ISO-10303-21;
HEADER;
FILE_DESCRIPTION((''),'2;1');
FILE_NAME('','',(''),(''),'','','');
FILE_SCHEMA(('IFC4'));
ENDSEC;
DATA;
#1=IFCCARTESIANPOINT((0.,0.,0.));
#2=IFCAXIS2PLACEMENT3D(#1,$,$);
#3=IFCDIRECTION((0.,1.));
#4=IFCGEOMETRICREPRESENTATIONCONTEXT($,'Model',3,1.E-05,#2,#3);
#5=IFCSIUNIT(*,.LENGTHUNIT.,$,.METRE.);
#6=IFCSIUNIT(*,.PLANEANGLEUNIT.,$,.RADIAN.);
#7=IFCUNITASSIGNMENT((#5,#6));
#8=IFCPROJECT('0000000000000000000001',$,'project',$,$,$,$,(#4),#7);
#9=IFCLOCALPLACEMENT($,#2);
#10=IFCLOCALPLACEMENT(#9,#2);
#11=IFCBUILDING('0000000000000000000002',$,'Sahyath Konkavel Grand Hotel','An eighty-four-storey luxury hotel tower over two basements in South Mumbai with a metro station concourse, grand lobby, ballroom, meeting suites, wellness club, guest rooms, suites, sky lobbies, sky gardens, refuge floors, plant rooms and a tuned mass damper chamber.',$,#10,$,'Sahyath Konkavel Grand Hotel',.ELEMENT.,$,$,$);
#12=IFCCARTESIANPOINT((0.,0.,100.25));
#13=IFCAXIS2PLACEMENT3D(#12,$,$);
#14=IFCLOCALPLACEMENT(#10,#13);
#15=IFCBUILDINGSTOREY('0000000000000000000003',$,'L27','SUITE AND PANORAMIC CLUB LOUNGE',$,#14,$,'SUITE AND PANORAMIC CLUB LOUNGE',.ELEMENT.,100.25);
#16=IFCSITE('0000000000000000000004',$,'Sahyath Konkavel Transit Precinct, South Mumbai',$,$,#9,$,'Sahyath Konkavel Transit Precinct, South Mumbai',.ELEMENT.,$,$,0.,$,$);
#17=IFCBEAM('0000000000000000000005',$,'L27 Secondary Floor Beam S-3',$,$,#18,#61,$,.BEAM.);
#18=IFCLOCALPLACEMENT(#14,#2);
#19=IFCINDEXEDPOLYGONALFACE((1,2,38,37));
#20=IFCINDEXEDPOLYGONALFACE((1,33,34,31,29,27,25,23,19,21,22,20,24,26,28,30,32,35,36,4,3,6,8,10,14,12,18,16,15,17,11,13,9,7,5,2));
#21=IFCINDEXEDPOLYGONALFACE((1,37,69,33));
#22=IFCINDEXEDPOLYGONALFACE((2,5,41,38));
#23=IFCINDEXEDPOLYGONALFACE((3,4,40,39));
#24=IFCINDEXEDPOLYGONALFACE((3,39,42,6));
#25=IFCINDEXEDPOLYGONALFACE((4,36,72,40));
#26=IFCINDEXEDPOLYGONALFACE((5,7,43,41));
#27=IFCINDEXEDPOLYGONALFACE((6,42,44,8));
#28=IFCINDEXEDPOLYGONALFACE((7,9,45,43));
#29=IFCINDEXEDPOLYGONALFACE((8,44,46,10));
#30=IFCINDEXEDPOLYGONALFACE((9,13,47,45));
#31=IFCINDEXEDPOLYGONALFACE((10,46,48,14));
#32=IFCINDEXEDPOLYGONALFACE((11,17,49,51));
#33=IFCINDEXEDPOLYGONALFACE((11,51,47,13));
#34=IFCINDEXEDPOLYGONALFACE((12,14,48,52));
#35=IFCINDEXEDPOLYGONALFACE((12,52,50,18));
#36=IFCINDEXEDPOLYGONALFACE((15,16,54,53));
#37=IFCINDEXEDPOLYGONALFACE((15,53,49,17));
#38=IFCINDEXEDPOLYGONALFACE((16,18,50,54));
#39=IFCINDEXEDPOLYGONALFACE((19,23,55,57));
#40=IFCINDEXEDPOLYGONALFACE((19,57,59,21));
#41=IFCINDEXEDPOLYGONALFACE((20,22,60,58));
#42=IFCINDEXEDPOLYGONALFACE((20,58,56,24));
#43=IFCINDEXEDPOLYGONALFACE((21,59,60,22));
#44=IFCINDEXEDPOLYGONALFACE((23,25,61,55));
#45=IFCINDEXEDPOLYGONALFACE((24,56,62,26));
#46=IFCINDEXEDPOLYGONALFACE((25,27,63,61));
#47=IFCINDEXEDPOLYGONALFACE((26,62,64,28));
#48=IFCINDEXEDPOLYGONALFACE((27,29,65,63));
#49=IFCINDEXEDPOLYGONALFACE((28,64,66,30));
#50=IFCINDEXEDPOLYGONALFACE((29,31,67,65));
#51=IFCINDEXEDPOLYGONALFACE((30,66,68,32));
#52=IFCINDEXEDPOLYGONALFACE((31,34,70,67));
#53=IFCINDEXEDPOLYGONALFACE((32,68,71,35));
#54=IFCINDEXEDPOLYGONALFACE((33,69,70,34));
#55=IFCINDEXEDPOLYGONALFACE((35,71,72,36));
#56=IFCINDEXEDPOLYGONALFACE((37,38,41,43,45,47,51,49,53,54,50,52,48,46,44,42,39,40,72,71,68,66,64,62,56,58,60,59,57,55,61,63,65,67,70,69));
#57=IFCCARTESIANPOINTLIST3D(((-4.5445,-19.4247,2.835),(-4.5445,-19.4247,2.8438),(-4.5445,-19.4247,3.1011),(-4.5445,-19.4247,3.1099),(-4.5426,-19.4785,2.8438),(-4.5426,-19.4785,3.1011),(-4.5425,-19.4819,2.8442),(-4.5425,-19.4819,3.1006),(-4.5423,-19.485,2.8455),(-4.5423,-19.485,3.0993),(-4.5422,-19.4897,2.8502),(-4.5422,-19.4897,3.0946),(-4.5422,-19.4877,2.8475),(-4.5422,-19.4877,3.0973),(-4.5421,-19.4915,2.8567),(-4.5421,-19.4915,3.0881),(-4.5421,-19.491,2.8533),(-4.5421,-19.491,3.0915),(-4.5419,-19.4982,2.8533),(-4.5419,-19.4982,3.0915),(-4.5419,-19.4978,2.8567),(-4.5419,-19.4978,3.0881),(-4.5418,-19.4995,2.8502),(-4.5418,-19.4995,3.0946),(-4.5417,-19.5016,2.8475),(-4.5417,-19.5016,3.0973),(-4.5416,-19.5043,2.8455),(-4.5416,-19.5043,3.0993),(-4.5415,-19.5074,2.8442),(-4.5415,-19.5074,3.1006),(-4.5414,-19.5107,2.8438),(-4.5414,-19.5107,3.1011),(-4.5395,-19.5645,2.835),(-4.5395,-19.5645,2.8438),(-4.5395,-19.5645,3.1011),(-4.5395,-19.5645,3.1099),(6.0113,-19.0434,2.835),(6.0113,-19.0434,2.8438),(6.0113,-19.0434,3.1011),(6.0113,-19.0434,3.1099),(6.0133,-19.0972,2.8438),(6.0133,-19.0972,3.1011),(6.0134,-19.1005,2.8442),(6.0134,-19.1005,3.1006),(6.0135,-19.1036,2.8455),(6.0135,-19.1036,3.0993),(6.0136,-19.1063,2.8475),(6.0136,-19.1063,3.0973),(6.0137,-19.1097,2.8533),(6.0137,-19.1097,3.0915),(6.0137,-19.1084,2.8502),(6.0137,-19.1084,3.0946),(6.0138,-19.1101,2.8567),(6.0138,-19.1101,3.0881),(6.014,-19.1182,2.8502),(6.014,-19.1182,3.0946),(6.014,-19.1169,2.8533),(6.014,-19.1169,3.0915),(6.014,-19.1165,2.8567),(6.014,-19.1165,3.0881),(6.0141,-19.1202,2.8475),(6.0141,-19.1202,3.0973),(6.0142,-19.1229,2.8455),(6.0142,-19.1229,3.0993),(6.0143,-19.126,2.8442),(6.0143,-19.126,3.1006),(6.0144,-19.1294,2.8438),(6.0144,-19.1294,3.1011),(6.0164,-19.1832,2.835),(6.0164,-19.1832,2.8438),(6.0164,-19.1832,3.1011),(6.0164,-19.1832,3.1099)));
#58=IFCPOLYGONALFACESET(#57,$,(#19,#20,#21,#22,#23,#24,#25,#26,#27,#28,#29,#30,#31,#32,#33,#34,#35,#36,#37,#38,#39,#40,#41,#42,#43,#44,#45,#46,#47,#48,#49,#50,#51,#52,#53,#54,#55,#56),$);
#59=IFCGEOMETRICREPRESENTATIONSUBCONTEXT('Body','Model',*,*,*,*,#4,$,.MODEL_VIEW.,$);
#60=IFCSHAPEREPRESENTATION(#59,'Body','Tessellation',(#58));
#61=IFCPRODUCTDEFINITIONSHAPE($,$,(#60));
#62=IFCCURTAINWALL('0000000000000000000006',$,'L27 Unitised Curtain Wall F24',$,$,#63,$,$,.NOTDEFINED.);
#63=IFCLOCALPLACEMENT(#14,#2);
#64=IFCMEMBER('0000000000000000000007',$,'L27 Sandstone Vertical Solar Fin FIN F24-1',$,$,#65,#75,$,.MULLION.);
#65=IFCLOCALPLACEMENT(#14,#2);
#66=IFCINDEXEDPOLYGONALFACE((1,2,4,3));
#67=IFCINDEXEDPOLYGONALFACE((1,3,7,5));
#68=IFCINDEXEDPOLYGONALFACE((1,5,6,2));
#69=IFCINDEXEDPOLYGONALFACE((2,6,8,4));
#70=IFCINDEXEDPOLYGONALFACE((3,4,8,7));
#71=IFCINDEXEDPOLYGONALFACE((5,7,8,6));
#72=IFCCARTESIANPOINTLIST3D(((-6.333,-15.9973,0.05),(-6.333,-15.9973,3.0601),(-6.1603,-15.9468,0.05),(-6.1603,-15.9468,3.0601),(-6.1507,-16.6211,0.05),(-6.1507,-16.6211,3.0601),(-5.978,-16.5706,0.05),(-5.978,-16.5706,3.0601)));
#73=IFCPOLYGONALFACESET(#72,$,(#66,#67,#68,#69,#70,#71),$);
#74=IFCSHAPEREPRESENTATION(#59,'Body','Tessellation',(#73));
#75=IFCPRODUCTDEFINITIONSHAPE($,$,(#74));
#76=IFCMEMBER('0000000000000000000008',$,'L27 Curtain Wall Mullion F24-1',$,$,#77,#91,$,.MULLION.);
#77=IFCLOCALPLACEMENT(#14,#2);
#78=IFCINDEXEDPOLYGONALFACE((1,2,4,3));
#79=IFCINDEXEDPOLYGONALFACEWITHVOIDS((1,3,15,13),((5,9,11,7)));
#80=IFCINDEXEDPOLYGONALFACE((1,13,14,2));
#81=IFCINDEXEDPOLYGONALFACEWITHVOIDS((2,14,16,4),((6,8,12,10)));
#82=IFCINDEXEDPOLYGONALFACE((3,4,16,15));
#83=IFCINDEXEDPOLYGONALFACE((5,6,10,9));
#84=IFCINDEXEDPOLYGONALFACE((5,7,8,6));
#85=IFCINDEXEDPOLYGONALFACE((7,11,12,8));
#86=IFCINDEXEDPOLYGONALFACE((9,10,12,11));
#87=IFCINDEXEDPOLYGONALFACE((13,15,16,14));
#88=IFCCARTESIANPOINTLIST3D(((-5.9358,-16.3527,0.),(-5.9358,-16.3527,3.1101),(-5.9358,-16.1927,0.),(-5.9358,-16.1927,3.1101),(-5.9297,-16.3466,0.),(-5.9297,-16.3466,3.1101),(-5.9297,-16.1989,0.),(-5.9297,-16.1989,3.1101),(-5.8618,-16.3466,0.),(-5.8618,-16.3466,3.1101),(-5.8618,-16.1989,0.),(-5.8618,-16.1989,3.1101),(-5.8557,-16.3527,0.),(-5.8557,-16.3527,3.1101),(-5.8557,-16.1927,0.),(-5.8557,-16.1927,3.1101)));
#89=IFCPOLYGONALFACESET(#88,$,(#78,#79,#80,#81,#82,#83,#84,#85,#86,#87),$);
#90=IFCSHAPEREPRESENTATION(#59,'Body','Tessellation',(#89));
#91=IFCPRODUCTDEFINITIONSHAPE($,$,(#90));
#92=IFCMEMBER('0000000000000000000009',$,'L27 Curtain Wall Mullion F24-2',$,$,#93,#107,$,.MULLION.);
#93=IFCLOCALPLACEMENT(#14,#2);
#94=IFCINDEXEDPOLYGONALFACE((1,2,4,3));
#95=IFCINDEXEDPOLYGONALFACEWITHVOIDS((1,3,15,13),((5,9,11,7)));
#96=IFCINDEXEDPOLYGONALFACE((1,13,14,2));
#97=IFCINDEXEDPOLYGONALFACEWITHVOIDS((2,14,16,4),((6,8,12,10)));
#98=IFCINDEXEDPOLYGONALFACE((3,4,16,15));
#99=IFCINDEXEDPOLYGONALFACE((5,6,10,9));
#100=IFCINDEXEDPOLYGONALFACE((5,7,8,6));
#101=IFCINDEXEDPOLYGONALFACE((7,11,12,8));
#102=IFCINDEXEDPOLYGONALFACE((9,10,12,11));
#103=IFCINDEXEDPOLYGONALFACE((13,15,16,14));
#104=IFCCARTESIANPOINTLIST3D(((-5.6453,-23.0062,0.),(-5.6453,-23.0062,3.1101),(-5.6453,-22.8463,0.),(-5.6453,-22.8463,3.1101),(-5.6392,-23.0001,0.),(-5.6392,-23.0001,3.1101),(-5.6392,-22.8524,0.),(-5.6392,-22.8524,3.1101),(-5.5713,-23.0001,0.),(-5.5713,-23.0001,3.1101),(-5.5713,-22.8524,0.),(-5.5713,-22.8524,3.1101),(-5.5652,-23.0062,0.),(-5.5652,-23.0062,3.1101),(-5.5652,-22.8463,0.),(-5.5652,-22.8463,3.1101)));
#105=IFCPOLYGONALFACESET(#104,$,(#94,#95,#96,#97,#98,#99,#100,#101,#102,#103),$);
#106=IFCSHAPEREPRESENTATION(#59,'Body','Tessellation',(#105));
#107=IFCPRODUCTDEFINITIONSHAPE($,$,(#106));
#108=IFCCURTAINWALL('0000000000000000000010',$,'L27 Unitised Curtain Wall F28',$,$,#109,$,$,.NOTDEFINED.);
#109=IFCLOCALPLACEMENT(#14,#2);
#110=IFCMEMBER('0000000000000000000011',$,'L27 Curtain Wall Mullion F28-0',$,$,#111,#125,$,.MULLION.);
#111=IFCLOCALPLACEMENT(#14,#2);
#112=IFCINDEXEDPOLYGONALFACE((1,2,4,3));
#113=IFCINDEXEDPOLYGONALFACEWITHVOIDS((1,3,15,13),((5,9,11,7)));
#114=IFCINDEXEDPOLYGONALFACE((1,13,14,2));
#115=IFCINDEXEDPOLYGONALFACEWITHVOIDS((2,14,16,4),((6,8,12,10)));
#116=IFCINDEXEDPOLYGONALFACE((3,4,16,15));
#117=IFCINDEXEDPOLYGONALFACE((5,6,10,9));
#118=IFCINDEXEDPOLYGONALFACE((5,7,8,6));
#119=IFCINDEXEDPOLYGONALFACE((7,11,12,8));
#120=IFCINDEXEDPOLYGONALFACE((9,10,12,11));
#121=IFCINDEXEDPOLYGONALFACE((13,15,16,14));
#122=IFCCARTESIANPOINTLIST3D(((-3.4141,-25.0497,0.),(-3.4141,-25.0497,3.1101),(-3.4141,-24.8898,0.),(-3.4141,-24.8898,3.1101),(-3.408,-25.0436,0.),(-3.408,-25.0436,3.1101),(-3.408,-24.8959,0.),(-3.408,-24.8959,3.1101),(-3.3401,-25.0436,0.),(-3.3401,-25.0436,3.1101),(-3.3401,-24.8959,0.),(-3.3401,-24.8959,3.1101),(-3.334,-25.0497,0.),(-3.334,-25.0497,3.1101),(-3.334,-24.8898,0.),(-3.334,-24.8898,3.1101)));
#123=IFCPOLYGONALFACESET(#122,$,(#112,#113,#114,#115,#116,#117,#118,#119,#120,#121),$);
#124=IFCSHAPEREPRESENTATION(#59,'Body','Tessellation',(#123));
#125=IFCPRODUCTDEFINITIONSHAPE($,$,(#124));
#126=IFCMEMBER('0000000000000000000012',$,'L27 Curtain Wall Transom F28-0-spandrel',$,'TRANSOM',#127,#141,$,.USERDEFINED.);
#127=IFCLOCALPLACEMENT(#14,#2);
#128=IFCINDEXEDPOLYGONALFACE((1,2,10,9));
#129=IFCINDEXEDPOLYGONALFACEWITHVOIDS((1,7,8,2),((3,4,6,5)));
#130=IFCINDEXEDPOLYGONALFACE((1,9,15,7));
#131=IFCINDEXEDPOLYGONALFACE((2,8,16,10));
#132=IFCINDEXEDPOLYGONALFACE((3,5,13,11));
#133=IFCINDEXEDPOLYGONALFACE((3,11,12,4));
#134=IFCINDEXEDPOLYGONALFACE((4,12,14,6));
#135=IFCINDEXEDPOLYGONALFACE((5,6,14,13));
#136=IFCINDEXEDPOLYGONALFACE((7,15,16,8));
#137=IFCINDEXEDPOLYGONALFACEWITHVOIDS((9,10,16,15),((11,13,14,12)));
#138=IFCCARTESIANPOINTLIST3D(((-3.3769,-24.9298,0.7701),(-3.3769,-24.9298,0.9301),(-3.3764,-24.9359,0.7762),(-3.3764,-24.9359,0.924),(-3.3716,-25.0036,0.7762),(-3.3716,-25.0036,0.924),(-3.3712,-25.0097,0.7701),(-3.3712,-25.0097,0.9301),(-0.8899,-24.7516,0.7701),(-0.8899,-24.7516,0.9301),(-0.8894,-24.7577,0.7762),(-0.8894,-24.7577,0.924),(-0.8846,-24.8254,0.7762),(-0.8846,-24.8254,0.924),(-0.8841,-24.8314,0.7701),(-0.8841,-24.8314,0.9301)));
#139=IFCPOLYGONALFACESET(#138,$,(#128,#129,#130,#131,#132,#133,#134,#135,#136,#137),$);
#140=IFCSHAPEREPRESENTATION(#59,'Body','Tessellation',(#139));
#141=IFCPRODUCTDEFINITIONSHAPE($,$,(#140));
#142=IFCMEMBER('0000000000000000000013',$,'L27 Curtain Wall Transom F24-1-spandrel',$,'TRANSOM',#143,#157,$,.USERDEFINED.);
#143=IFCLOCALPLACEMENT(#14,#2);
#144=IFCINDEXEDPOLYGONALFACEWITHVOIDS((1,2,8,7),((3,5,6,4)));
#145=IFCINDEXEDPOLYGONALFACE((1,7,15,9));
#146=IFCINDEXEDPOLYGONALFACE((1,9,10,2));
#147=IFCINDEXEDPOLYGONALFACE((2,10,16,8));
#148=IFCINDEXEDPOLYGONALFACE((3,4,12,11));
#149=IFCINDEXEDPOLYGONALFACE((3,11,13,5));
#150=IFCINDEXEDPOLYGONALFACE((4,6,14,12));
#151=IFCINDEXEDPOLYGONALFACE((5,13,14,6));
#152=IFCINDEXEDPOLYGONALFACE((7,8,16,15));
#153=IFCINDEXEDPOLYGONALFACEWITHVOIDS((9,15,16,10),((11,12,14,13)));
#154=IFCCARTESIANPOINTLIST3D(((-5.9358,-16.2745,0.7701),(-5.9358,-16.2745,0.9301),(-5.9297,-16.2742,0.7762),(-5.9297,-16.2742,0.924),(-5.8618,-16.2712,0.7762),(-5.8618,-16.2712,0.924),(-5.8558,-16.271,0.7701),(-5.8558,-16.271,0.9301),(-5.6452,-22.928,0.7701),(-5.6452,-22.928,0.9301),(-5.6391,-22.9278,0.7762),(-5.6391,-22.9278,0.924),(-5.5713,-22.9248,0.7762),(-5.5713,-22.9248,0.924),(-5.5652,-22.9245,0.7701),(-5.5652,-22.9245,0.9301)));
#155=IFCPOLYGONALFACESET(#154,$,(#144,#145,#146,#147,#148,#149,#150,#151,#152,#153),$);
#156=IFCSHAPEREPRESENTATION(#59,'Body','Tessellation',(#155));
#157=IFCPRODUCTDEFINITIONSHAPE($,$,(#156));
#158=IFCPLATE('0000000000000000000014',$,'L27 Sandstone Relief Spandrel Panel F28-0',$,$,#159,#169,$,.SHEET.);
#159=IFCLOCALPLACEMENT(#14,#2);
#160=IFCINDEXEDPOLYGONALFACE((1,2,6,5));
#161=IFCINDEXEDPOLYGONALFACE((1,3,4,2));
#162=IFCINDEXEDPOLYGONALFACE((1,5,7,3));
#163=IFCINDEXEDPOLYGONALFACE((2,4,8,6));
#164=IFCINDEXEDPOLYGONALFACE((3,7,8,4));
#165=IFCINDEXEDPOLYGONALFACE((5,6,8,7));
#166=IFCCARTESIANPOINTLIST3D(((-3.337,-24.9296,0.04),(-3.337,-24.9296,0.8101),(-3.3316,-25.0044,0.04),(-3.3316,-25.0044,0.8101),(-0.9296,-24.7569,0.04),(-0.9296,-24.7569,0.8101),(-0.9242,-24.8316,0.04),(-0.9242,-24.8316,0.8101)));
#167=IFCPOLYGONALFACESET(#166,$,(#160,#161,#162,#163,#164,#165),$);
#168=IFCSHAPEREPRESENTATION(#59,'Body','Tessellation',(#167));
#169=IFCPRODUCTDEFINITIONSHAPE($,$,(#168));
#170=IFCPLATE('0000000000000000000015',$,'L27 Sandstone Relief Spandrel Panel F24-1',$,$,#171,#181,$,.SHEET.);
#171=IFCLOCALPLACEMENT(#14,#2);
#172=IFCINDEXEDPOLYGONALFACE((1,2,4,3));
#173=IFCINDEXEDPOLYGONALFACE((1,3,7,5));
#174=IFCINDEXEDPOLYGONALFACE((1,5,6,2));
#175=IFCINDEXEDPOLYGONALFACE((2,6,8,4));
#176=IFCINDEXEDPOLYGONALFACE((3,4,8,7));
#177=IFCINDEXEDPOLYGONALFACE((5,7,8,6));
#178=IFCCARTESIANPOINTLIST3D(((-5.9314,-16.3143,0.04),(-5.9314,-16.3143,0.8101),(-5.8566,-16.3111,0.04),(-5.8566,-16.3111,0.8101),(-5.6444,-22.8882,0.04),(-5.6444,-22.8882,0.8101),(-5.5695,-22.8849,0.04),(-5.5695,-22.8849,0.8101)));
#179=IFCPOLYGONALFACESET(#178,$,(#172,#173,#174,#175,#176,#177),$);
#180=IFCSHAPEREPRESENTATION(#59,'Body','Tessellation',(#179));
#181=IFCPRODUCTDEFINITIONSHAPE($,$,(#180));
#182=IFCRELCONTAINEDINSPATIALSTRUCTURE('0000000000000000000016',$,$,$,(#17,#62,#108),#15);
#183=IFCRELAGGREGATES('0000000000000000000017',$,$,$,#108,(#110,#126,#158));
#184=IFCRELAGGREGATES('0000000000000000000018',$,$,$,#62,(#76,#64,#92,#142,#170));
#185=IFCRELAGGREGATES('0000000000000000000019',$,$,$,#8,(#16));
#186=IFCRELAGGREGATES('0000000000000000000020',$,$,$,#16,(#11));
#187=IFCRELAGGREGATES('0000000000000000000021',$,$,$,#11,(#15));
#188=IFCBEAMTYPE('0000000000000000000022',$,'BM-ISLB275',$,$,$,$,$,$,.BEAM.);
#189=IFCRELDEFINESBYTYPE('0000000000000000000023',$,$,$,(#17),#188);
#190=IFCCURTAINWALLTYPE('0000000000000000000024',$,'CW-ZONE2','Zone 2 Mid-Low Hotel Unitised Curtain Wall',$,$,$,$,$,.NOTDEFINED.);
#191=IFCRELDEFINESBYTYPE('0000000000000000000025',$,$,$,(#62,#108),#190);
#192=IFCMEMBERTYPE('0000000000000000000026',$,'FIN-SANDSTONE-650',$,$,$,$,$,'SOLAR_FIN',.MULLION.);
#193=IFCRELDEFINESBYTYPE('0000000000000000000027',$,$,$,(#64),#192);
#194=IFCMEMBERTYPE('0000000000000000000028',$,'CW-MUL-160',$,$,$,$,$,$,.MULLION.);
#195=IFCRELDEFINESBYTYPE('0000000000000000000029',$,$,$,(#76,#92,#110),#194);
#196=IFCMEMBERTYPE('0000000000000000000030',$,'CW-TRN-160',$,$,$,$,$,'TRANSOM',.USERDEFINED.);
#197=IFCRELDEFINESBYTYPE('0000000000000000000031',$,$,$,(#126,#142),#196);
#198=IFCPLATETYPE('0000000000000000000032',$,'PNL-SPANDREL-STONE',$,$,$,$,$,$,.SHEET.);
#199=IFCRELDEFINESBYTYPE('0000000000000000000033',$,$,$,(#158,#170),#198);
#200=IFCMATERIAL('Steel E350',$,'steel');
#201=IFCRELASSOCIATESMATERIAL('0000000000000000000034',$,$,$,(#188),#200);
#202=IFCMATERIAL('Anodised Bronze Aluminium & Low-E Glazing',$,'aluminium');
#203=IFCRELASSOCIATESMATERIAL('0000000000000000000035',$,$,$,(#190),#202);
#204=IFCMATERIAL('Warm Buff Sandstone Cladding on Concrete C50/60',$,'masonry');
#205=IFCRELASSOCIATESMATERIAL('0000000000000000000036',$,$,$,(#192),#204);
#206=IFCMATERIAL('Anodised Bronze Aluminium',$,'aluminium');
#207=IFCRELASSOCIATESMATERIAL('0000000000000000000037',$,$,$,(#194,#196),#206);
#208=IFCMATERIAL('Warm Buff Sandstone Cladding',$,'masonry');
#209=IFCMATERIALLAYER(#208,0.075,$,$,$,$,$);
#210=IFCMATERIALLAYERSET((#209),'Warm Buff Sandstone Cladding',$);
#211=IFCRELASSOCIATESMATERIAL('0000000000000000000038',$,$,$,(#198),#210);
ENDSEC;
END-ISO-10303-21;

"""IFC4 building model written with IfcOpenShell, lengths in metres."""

from ifc_helpers import new_model, si_unit, direction, frame, origin, origin_2d, place, context, subcontext, project, spatial, rectangle, hollow_rectangle, i_section, extrude, source, transform, mapped, material, layer, layer_set, material_profile, profile_set, type_object, element, aggregate, save


model = new_model("IFC4")

# Units and contexts
model_context = context("Model", 3, precision=1e-05, world=origin(), true_north=direction((0.0, 1.0)))
body_context = subcontext(model_context, "Body", "Model", "MODEL_VIEW")
ifc_project = project(units=[si_unit("LENGTHUNIT", "METRE"), si_unit("PLANEANGLEUNIT", "RADIAN")], contexts=[model_context])

# Site, building, storey
site_placement = place(None, origin())
site = spatial("IfcSite", under=ifc_project, at=site_placement, Name="Sahyath Konkavel Transit Precinct, South Mumbai", LongName="Sahyath Konkavel Transit Precinct, South Mumbai", CompositionType="ELEMENT", RefElevation=0.0)
building_placement = place(site_placement, origin())
building = spatial("IfcBuilding", under=site, at=building_placement, Name="Sahyath Konkavel Grand Hotel", Description="An eighty-four-storey luxury hotel tower over two basements in South Mumbai with a metro station concourse, grand lobby, ballroom, meeting suites, wellness club, guest rooms, suites, sky lobbies, sky gardens, refuge floors, plant rooms and a tuned mass damper chamber.", LongName="Sahyath Konkavel Grand Hotel", CompositionType="ELEMENT")
storey_placement = place(building_placement, frame((0.0, 0.0, 100.25)))
storey = spatial("IfcBuildingStorey", under=building, at=storey_placement, Name="L27", Description="SUITE AND PANORAMIC CLUB LOUNGE", LongName="SUITE AND PANORAMIC CLUB LOUNGE", CompositionType="ELEMENT", Elevation=100.25)

# Beam
ifc_material_1 = material(Name="Steel E350", Category="steel")
ifc_material_profile_1 = material_profile(ifc_material_1, i_section(OverallWidth=0.1399, OverallDepth=0.2749, WebThickness=0.0063, FlangeThickness=0.0088, FilletRadius=0.0129, at=origin_2d()), Name="ISLB 275")
ifc_profile_set_1 = profile_set([ifc_material_profile_1], Name="Steel E350")
beam_type_1 = type_object("IfcBeamType", Name="BM-ISLB275", PredefinedType="BEAM", material=ifc_profile_set_1)
shared_shape_1 = source(origin(), body_context, "Body", "SweptSolid", [
    extrude(i_section(OverallWidth=0.1399, OverallDepth=0.2749, WebThickness=0.0063, FlangeThickness=0.0088, FilletRadius=0.0129, at=origin_2d()), origin(), (0.0, 0.0, 1.0), 10.5627),
])
beam_1_placement = place(storey_placement, frame((-4.542, -19.4946, 2.9724), z_axis=(0.999348, 0.036103, 0.0), x_axis=(-0.036103, 0.999348, 0.0)))
element("IfcBeam", 1, at=beam_1_placement, inside=storey, type_object=beam_type_1, Name="L27 Secondary Floor Beam S-3", PredefinedType="BEAM", context=body_context, shape_type="MappedRepresentation", body=[
    mapped(shared_shape_1, transform((0.0, 0.0, 0.0), scale=1.0)),
])

# Curtain walls, members
ifc_material_2 = material(Name="Anodised Bronze Aluminium & Low-E Glazing", Category="aluminium")
curtain_wall_type = type_object("IfcCurtainWallType", Name="CW-ZONE2", Description="Zone 2 Mid-Low Hotel Unitised Curtain Wall", PredefinedType="NOTDEFINED", material=ifc_material_2)
curtain_wall_1_placement = place(storey_placement, origin())
curtain_wall_1 = element("IfcCurtainWall", 2, at=curtain_wall_1_placement, inside=storey, type_object=curtain_wall_type, Name="L27 Unitised Curtain Wall F24", PredefinedType="NOTDEFINED")
ifc_material_3 = material(Name="Warm Buff Sandstone Cladding on Concrete C50/60", Category="masonry")
ifc_material_profile_2 = material_profile(ifc_material_3, rectangle(XDim=0.1799, YDim=0.6499, at=origin_2d()), Name="FIN 180x650")
ifc_profile_set_2 = profile_set([ifc_material_profile_2], Name="Warm Buff Sandstone Cladding on Concrete C50/60")
member_type_1 = type_object("IfcMemberType", Name="FIN-SANDSTONE-650", ElementType="SOLAR_FIN", PredefinedType="MULLION", material=ifc_profile_set_2)
shared_shape_2 = source(origin(), body_context, "Body", "SweptSolid", [
    extrude(rectangle(XDim=0.1799, YDim=0.6499, at=origin_2d()), origin(), (0.0, 0.0, 1.0), 3.01),
])
member_1_placement = place(storey_placement, frame((-6.1555, -16.2839, 0.05), z_axis=(0.0, 0.0, 1.0), x_axis=(0.959854, 0.280499, 0.0)))
member_1 = element("IfcMember", 3, at=member_1_placement, type_object=member_type_1, Name="L27 Sandstone Vertical Solar Fin FIN F24-1", PredefinedType="MULLION", context=body_context, shape_type="MappedRepresentation", body=[
    mapped(shared_shape_2, transform((0.0, 0.0, 0.0), scale=1.0)),
])
ifc_material_4 = material(Name="Anodised Bronze Aluminium", Category="aluminium")
ifc_material_profile_3 = material_profile(ifc_material_4, hollow_rectangle(XDim=0.0801, YDim=0.1599, WallThickness=0.0061, at=origin_2d()), Name="RHS 160x80x6")
ifc_profile_set_3 = profile_set([ifc_material_profile_3], Name="Anodised Bronze Aluminium")
member_type_2 = type_object("IfcMemberType", Name="CW-MUL-160", PredefinedType="MULLION", material=ifc_profile_set_3)
shared_shape_3 = source(origin(), body_context, "Body", "SweptSolid", [
    extrude(hollow_rectangle(XDim=0.0801, YDim=0.1599, WallThickness=0.0061, at=origin_2d()), origin(), (0.0, 0.0, 1.0), 3.1101),
])
member_2_placement = place(storey_placement, frame((-5.8958, -16.2727, 0.0), z_axis=(0.0, 0.0, 1.0), x_axis=(1.0, 0.0, 0.0)))
member_2 = element("IfcMember", 4, at=member_2_placement, type_object=member_type_2, Name="L27 Curtain Wall Mullion F24-1", PredefinedType="MULLION", context=body_context, shape_type="MappedRepresentation", body=[
    mapped(shared_shape_3, transform((0.0, 0.0, 0.0), scale=1.0)),
])
member_3_placement = place(storey_placement, frame((-5.6052, -22.9263, 0.0), z_axis=(0.0, 0.0, 1.0), x_axis=(1.0, 0.0, 0.0)))
member_3 = element("IfcMember", 5, at=member_3_placement, type_object=member_type_2, Name="L27 Curtain Wall Mullion F24-2", PredefinedType="MULLION", context=body_context, shape_type="MappedRepresentation", body=[
    mapped(shared_shape_3, transform((0.0, 0.0, 0.0), scale=1.0)),
])
curtain_wall_2_placement = place(storey_placement, origin())
curtain_wall_2 = element("IfcCurtainWall", 6, at=curtain_wall_2_placement, inside=storey, type_object=curtain_wall_type, Name="L27 Unitised Curtain Wall F28", PredefinedType="NOTDEFINED")
member_4_placement = place(storey_placement, frame((-3.374, -24.9697, 0.0), z_axis=(0.0, 0.0, 1.0), x_axis=(1.0, 0.0, 0.0)))
member_4 = element("IfcMember", 7, at=member_4_placement, type_object=member_type_2, Name="L27 Curtain Wall Mullion F28-0", PredefinedType="MULLION", context=body_context, shape_type="MappedRepresentation", body=[
    mapped(shared_shape_3, transform((0.0, 0.0, 0.0), scale=1.0)),
])
ifc_material_profile_4 = material_profile(ifc_material_4, hollow_rectangle(XDim=0.0801, YDim=0.1599, WallThickness=0.0061, at=origin_2d()), Name="RHS 160x80x6")
ifc_profile_set_4 = profile_set([ifc_material_profile_4], Name="Anodised Bronze Aluminium")
member_type_3 = type_object("IfcMemberType", Name="CW-TRN-160", ElementType="TRANSOM", PredefinedType="USERDEFINED", material=ifc_profile_set_4)
shared_shape_4 = source(origin(), body_context, "Body", "SweptSolid", [
    extrude(hollow_rectangle(XDim=0.0801, YDim=0.1599, WallThickness=0.0061, at=origin_2d()), origin(), (0.0, 0.0, 1.0), 2.4934),
])
member_5_placement = place(storey_placement, frame((-3.374, -24.9697, 0.8501), z_axis=(0.997442, 0.071477, 0.0), x_axis=(-0.071477, 0.997442, 0.0)))
member_5 = element("IfcMember", 8, at=member_5_placement, type_object=member_type_3, Name="L27 Curtain Wall Transom F28-0-spandrel", ObjectType="TRANSOM", PredefinedType="USERDEFINED", context=body_context, shape_type="MappedRepresentation", body=[
    mapped(shared_shape_4, transform((0.0, 0.0, 0.0), scale=1.0)),
])

# Member
shared_shape_5 = source(origin(), body_context, "Body", "SweptSolid", [
    extrude(hollow_rectangle(XDim=0.0801, YDim=0.1599, WallThickness=0.0061, at=origin_2d()), origin(), (0.0, 0.0, 1.0), 6.6599),
])
member_6_placement = place(storey_placement, frame((-5.8958, -16.2727, 0.8501), z_axis=(0.043623, -0.999048, 0.0), x_axis=(0.999048, 0.043623, 0.0)))
member_6 = element("IfcMember", 9, at=member_6_placement, type_object=member_type_3, Name="L27 Curtain Wall Transom F24-1-spandrel", ObjectType="TRANSOM", PredefinedType="USERDEFINED", context=body_context, shape_type="MappedRepresentation", body=[
    mapped(shared_shape_5, transform((0.0, 0.0, 0.0), scale=1.0)),
])

# Plates
ifc_material_5 = material(Name="Warm Buff Sandstone Cladding", Category="masonry")
ifc_layer_1 = layer(ifc_material_5, 0.075)
ifc_layer_set_1 = layer_set([ifc_layer_1], Name="Warm Buff Sandstone Cladding")
plate_type_1 = type_object("IfcPlateType", Name="PNL-SPANDREL-STONE", PredefinedType="SHEET", material=ifc_layer_set_1)
shared_shape_6 = source(origin(), body_context, "Body", "SweptSolid", [
    extrude(rectangle(XDim=2.4136, YDim=0.075, at=origin_2d()), origin(), (0.0, 0.0, 1.0), 0.77),
])
plate_1_placement = place(storey_placement, frame((-2.1306, -24.8806, 0.04), z_axis=(0.0, 0.0, 1.0), x_axis=(0.997436, 0.071567, 0.0)))
plate_1 = element("IfcPlate", 10, at=plate_1_placement, type_object=plate_type_1, Name="L27 Sandstone Relief Spandrel Panel F28-0", PredefinedType="SHEET", context=body_context, shape_type="MappedRepresentation", body=[
    mapped(shared_shape_6, transform((0.0, 0.0, 0.0), scale=1.0)),
])
shared_shape_7 = source(origin(), body_context, "Body", "SweptSolid", [
    extrude(rectangle(XDim=6.5801, YDim=0.075, at=origin_2d()), origin(), (0.0, 0.0, 1.0), 0.77),
])
plate_2_placement = place(storey_placement, frame((-5.7505, -19.5996, 0.04), z_axis=(0.0, 0.0, 1.0), x_axis=(0.043619, -0.999048, 0.0)))
plate_2 = element("IfcPlate", 11, at=plate_2_placement, type_object=plate_type_1, Name="L27 Sandstone Relief Spandrel Panel F24-1", PredefinedType="SHEET", context=body_context, shape_type="MappedRepresentation", body=[
    mapped(shared_shape_7, transform((0.0, 0.0, 0.0), scale=1.0)),
])
aggregate(curtain_wall_2, [member_4, member_5, plate_1])
aggregate(curtain_wall_1, [member_2, member_1, member_3, member_6, plate_2])

save(model, "model.ifc")
